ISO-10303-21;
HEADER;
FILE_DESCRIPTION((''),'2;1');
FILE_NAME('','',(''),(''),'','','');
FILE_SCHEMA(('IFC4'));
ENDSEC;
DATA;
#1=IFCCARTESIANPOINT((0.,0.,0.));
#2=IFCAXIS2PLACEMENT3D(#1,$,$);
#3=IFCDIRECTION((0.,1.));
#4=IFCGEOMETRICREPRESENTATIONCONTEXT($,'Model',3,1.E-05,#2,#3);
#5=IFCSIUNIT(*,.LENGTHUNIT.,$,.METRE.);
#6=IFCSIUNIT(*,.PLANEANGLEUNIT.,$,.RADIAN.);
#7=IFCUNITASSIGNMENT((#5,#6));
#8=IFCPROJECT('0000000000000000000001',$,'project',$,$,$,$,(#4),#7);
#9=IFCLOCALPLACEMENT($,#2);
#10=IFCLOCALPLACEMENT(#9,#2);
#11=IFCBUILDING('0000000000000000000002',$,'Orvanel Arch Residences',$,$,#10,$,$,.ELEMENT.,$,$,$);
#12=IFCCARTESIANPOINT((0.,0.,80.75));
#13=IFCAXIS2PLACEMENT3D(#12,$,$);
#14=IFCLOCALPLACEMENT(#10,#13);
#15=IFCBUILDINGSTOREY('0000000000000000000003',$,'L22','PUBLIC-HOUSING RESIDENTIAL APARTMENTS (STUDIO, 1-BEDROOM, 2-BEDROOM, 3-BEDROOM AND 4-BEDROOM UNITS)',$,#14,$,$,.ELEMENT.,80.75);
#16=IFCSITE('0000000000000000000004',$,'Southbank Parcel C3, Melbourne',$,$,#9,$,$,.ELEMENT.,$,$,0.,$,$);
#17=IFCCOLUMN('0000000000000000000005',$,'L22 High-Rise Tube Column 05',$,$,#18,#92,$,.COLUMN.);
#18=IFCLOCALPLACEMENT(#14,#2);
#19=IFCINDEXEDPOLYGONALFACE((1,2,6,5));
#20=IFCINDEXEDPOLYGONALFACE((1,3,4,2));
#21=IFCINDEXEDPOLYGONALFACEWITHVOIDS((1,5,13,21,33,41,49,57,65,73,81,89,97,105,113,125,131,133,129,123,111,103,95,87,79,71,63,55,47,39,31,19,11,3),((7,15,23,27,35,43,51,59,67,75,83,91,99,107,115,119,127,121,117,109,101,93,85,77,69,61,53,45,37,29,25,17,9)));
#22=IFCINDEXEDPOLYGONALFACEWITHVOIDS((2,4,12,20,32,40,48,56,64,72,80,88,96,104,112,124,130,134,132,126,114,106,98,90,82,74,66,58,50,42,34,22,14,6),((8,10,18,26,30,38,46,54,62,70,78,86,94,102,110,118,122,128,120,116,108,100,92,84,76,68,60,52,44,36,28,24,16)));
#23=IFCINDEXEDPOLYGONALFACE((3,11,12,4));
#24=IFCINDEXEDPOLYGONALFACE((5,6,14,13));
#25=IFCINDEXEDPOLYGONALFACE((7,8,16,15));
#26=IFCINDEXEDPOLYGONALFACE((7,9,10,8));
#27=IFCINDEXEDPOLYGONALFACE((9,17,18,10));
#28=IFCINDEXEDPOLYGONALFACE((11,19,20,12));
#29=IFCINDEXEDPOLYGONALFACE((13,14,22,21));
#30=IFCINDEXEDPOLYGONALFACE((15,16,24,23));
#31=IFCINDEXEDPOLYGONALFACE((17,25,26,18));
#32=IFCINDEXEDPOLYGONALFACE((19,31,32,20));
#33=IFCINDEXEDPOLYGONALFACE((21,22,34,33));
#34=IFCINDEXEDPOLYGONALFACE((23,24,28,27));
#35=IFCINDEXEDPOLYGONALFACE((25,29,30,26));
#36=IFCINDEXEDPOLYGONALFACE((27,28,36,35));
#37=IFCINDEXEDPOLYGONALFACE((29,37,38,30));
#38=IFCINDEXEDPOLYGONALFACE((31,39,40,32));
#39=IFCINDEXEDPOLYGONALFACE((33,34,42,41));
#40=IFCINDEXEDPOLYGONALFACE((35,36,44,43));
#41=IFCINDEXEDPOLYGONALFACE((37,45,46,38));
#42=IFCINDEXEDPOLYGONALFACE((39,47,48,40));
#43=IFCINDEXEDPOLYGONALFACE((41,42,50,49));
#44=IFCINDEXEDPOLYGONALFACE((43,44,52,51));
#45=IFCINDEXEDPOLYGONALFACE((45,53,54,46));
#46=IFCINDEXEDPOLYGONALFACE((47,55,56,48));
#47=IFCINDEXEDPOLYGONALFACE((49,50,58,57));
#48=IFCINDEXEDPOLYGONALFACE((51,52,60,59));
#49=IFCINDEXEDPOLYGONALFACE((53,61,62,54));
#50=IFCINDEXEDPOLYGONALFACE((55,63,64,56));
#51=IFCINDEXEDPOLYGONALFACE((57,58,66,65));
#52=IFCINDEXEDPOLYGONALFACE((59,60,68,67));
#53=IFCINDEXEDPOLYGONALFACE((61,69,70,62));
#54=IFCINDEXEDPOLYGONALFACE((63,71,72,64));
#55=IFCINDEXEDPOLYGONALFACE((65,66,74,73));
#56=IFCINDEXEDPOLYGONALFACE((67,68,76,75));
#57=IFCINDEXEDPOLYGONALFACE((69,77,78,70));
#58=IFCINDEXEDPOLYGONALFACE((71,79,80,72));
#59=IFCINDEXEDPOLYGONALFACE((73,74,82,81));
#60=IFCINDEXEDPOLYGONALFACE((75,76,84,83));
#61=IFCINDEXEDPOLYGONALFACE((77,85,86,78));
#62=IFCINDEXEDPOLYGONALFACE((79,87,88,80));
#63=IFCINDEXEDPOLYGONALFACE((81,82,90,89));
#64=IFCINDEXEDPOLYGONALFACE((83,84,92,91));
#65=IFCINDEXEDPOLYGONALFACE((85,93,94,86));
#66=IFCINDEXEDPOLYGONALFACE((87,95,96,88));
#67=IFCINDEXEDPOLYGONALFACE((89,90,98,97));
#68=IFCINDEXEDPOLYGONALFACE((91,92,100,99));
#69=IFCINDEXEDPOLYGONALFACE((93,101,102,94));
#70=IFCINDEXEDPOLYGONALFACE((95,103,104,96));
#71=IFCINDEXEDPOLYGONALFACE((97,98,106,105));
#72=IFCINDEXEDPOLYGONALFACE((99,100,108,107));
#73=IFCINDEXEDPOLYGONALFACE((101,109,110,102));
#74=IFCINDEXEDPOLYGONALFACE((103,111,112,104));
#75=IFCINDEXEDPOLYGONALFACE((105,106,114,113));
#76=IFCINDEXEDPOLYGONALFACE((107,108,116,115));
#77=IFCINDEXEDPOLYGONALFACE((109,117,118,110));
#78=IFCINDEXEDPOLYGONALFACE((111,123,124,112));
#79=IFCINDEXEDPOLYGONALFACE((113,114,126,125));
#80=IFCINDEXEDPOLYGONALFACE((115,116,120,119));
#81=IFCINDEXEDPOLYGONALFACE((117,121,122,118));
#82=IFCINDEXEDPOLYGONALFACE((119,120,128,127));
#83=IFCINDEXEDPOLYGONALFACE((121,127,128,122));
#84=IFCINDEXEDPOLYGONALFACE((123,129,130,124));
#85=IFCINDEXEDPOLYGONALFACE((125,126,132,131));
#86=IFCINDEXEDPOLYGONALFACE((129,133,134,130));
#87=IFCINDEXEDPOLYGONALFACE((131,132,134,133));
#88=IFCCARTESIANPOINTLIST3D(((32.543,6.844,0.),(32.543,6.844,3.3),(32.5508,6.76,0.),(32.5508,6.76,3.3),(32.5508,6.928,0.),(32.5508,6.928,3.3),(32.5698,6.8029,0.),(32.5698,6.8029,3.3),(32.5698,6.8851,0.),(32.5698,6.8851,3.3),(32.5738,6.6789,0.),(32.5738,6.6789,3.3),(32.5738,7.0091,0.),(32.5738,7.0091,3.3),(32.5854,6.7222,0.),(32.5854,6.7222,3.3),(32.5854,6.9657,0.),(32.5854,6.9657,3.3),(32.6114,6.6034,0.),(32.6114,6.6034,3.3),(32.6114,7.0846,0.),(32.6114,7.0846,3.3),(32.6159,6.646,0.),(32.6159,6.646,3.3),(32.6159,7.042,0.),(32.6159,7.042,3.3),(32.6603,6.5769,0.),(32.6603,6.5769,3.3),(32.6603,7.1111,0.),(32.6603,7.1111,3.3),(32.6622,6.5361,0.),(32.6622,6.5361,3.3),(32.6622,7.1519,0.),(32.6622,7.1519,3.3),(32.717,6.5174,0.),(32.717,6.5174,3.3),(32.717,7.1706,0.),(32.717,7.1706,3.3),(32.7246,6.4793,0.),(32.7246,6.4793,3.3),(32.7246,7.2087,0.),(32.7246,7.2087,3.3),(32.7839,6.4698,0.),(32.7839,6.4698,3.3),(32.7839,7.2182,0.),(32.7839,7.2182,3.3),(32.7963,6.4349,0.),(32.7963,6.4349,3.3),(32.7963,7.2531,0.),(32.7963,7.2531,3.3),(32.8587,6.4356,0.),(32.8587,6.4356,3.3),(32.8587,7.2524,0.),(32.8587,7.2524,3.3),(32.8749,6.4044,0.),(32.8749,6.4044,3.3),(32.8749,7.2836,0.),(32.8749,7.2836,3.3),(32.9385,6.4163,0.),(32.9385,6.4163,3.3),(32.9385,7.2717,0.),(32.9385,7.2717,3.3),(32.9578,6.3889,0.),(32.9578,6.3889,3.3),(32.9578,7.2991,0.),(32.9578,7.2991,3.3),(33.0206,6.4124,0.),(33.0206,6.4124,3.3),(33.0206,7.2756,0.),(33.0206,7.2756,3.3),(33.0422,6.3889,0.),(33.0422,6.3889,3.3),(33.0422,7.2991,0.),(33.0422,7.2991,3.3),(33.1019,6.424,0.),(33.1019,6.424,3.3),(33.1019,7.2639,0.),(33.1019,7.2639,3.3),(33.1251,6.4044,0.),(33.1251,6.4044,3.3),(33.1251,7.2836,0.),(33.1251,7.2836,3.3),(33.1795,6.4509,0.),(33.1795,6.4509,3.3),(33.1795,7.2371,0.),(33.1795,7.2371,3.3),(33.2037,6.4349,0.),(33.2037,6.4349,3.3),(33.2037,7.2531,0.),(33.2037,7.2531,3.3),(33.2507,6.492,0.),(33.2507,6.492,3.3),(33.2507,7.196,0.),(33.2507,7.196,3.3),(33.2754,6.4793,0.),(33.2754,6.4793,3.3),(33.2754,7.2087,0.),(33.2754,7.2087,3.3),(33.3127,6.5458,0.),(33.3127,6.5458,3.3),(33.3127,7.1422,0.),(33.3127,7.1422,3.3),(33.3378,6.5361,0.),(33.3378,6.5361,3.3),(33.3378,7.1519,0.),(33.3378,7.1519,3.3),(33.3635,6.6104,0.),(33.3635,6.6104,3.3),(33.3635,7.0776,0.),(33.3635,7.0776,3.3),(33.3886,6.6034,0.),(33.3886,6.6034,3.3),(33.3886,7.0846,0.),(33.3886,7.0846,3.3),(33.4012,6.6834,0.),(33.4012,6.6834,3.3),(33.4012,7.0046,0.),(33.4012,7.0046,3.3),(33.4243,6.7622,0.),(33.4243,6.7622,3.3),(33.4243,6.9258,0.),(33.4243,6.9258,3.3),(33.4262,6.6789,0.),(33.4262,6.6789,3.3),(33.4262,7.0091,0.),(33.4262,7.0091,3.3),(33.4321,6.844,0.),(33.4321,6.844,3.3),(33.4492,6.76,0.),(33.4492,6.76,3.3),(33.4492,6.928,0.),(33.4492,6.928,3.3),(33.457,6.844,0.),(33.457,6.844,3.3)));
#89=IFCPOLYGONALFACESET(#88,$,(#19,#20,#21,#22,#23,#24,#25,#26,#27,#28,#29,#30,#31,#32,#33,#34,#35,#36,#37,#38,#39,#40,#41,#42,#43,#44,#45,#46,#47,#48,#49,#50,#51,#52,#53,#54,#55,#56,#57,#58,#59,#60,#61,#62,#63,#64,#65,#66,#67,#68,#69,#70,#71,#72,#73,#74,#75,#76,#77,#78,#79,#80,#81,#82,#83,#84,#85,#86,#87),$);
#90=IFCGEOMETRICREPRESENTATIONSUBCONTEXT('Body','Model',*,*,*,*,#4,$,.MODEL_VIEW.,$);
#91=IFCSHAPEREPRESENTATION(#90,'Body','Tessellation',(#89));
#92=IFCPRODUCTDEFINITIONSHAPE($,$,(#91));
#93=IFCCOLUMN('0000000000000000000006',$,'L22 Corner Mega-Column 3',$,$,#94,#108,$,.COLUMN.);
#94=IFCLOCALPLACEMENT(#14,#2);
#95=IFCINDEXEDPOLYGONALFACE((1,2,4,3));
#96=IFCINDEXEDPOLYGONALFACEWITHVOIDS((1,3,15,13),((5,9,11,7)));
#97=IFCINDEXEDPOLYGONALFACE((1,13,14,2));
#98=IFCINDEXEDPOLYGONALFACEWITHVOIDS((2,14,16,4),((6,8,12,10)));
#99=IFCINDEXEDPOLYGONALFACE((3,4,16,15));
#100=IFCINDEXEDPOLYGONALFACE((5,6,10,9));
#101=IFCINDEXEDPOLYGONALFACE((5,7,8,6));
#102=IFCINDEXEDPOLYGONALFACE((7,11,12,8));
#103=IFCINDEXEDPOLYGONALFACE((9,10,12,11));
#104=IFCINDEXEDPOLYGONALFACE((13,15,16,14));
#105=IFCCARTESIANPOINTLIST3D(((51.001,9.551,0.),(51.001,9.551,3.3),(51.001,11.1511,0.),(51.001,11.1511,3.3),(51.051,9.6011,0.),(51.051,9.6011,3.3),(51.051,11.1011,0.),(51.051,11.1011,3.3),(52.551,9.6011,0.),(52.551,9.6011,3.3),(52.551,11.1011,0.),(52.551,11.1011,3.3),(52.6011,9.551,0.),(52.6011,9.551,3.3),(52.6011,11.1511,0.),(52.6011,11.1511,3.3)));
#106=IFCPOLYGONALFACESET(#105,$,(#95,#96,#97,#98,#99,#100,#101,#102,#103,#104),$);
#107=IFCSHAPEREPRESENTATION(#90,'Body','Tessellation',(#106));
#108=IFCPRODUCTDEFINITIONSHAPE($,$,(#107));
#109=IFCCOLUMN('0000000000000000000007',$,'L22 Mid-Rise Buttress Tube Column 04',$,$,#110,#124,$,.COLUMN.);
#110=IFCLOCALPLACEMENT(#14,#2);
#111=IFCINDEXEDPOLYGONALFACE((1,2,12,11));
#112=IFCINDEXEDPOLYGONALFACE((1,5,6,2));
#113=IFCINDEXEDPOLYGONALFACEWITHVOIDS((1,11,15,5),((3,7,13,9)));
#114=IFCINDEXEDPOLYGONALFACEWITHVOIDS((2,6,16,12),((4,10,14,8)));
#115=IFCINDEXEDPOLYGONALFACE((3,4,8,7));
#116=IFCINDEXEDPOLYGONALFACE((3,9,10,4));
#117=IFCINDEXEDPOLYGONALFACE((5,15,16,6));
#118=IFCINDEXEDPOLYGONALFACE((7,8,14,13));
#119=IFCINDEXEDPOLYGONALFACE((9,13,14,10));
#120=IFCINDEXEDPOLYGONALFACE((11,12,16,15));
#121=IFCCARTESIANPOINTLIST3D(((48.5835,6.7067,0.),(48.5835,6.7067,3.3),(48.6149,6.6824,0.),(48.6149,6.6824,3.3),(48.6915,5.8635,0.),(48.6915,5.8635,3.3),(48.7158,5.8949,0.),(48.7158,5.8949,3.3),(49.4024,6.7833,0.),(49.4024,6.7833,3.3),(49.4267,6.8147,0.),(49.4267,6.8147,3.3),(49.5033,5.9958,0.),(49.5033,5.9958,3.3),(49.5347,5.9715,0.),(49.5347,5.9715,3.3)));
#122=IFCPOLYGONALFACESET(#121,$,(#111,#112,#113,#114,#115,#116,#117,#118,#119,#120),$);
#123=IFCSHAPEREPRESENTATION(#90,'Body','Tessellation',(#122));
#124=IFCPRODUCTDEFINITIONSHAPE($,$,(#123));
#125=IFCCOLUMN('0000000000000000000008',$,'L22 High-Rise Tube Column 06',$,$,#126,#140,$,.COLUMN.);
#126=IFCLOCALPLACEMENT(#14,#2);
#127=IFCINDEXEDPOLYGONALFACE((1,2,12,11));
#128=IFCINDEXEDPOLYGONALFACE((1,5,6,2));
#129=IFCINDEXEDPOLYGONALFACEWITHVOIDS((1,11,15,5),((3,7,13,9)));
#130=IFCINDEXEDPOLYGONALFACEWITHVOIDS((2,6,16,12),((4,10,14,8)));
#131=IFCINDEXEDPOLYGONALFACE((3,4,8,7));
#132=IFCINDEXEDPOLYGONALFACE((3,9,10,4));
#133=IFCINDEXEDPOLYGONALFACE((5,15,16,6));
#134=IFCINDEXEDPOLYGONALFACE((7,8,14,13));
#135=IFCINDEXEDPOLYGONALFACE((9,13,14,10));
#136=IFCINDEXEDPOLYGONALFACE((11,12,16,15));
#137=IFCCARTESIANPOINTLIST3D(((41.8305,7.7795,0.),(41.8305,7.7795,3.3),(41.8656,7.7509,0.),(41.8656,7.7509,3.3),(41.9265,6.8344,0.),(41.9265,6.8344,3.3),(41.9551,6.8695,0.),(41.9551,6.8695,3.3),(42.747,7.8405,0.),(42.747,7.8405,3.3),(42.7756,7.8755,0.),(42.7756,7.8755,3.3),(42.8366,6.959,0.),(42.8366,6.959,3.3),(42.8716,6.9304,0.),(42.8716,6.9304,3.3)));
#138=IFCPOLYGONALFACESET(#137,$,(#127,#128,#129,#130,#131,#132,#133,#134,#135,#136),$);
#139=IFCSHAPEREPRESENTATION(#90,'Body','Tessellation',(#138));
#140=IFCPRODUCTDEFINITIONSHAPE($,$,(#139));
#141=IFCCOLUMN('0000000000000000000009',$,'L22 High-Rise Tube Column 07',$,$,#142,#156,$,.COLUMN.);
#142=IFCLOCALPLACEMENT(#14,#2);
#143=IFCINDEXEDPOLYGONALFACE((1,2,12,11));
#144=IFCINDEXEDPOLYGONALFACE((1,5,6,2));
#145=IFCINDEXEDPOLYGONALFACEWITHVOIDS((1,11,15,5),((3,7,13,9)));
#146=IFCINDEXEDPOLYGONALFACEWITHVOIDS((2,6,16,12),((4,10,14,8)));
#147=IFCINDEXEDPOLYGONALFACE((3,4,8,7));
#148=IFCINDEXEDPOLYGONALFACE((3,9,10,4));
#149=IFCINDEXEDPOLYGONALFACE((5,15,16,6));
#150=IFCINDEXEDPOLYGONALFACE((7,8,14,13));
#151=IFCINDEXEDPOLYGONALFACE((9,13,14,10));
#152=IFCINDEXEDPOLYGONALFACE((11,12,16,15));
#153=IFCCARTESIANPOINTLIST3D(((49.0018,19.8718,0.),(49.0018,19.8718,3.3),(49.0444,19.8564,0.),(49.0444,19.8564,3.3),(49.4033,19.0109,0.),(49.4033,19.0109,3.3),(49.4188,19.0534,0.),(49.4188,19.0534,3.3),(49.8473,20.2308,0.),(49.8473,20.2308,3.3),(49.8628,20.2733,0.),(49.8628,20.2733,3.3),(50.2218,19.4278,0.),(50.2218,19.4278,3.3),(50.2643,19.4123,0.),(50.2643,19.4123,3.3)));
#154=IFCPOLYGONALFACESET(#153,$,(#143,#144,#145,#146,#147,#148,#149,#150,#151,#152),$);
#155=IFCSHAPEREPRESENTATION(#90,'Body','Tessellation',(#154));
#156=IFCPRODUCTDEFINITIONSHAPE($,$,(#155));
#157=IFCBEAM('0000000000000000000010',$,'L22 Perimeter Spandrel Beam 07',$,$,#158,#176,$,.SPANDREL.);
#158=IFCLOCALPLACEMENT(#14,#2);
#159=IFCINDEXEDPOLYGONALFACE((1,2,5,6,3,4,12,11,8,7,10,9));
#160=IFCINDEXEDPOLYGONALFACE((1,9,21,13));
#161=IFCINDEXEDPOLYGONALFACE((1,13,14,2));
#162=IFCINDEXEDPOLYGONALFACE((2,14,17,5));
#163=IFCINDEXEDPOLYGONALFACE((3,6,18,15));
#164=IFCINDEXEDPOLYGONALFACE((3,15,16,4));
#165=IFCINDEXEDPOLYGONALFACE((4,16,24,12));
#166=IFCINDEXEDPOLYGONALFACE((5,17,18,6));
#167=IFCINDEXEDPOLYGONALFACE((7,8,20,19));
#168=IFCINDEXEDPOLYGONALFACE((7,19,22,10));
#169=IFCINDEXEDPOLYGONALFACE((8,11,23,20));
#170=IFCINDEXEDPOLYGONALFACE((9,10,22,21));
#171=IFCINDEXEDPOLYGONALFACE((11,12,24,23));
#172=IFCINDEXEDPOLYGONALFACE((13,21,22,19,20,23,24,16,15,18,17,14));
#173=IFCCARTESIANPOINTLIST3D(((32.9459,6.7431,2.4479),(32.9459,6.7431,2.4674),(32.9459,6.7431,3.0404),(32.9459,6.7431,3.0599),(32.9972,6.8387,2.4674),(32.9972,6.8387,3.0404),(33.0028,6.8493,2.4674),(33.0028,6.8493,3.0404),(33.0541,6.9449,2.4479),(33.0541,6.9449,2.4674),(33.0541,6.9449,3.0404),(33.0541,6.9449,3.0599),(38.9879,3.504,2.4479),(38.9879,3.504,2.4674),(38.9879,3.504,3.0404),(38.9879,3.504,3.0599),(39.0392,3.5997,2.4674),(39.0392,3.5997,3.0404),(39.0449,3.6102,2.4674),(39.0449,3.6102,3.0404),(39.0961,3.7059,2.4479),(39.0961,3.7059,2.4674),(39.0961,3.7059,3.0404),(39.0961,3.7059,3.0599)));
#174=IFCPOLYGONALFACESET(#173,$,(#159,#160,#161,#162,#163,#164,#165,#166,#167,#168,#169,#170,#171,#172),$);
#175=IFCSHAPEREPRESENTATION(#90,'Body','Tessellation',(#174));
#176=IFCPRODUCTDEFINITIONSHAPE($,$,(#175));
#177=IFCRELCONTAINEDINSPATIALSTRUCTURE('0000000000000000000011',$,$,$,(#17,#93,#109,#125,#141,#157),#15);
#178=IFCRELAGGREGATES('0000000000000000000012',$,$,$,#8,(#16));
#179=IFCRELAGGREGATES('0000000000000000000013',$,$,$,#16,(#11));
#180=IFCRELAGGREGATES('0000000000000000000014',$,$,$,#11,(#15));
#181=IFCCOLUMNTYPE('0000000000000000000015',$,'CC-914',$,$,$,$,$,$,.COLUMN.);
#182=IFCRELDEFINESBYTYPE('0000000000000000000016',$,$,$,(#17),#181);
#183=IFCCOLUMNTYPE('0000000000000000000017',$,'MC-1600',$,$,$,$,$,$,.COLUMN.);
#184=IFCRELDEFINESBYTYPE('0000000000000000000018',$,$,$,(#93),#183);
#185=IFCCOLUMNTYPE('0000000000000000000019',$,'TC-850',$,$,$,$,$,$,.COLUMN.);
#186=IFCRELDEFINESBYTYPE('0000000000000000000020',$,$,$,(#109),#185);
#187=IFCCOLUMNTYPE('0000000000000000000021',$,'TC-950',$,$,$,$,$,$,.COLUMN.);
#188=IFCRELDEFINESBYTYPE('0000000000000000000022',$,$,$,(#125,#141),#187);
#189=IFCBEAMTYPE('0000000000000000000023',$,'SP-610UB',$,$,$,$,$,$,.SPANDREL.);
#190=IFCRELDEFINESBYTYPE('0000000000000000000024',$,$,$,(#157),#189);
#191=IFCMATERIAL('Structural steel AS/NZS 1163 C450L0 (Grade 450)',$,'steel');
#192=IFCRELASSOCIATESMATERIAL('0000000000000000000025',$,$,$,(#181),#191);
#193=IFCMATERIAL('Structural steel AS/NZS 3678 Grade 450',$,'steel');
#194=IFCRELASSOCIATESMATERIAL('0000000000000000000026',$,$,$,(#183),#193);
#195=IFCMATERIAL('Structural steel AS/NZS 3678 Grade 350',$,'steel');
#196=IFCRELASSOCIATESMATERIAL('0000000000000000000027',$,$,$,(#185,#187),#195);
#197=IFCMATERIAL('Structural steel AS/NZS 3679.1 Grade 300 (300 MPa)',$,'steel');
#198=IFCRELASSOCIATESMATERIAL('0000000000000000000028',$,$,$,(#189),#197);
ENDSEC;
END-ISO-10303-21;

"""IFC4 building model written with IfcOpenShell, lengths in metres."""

from ifc_helpers import new_model, si_unit, direction, frame, origin, origin_2d, place, context, subcontext, project, spatial, hollow_rectangle, hollow_circle, i_section, extrude, material, material_profile, profile_set, type_object, element, save


model = new_model("IFC4")

# Units and contexts
model_context = context("Model", 3, precision=1e-05, world=origin(), true_north=direction((0.0, 1.0)))
body_context = subcontext(model_context, "Body", "Model", "MODEL_VIEW")
ifc_project = project(units=[si_unit("LENGTHUNIT", "METRE"), si_unit("PLANEANGLEUNIT", "RADIAN")], contexts=[model_context])

# Site, building, storey
site_placement = place(None, origin())
site = spatial("IfcSite", under=ifc_project, at=site_placement, Name="Southbank Parcel C3, Melbourne", CompositionType="ELEMENT", RefElevation=0.0)
building_placement = place(site_placement, origin())
building = spatial("IfcBuilding", under=site, at=building_placement, Name="Orvanel Arch Residences", CompositionType="ELEMENT")
storey_placement = place(building_placement, frame((0.0, 0.0, 80.75)))
storey = spatial("IfcBuildingStorey", under=building, at=storey_placement, Name="L22", Description="PUBLIC-HOUSING RESIDENTIAL APARTMENTS (STUDIO, 1-BEDROOM, 2-BEDROOM, 3-BEDROOM AND 4-BEDROOM UNITS)", CompositionType="ELEMENT", Elevation=80.75)

# Columns
ifc_material_1 = material(Name="Structural steel AS/NZS 1163 C450L0 (Grade 450)", Category="steel")
ifc_material_profile_1 = material_profile(ifc_material_1, hollow_circle(Radius=0.457, WallThickness=0.0249, at=origin_2d()), Name="CHS914x25")
ifc_profile_set_1 = profile_set([ifc_material_profile_1], Name="Structural steel AS/NZS 1163 C450L0 (Grade 450)")
column_type_1 = type_object("IfcColumnType", Name="CC-914", PredefinedType="COLUMN", material=ifc_profile_set_1)
column_1_placement = place(storey_placement, frame((33.0, 6.844, 0.0), z_axis=(0.0, 0.0, 1.0), x_axis=(1.0, 0.0, 0.0)))
element("IfcColumn", 1, at=column_1_placement, inside=storey, type_object=column_type_1, Name="L22 High-Rise Tube Column 05", PredefinedType="COLUMN", context=body_context, shape_type="SweptSolid", body=[
    extrude(hollow_circle(Radius=0.457, WallThickness=0.0249, at=origin_2d()), origin(), (0.0, 0.0, 1.0), 3.3),
])
ifc_material_2 = material(Name="Structural steel AS/NZS 3678 Grade 450", Category="steel")
ifc_material_profile_2 = material_profile(ifc_material_2, hollow_rectangle(XDim=1.6001, YDim=1.6001, WallThickness=0.05, at=origin_2d()), Name="BOX1600x1600x50")
ifc_profile_set_2 = profile_set([ifc_material_profile_2], Name="Structural steel AS/NZS 3678 Grade 450")
column_type_2 = type_object("IfcColumnType", Name="MC-1600", PredefinedType="COLUMN", material=ifc_profile_set_2)
column_2_placement = place(storey_placement, frame((51.801, 10.3511, 0.0), z_axis=(0.0, 0.0, 1.0), x_axis=(1.0, 0.0, 0.0)))
element("IfcColumn", 2, at=column_2_placement, inside=storey, type_object=column_type_2, Name="L22 Corner Mega-Column 3", PredefinedType="COLUMN", context=body_context, shape_type="SweptSolid", body=[
    extrude(hollow_rectangle(XDim=1.6001, YDim=1.6001, WallThickness=0.05, at=origin_2d()), origin(), (0.0, 0.0, 1.0), 3.3),
])
ifc_material_3 = material(Name="Structural steel AS/NZS 3678 Grade 350", Category="steel")
ifc_material_profile_3 = material_profile(ifc_material_3, hollow_rectangle(XDim=0.8501, YDim=0.8501, WallThickness=0.0281, at=origin_2d()), Name="BOX850x850x28")
ifc_profile_set_3 = profile_set([ifc_material_profile_3], Name="Structural steel AS/NZS 3678 Grade 350")
column_type_3 = type_object("IfcColumnType", Name="TC-850", PredefinedType="COLUMN", material=ifc_profile_set_3)
column_3_placement = place(storey_placement, frame((49.0591, 6.3391, 0.0), z_axis=(0.0, 0.0, 1.0), x_axis=(0.991894, 0.127065, 0.0)))
element("IfcColumn", 3, at=column_3_placement, inside=storey, type_object=column_type_3, Name="L22 Mid-Rise Buttress Tube Column 04", PredefinedType="COLUMN", context=body_context, shape_type="SweptSolid", body=[
    extrude(hollow_rectangle(XDim=0.8501, YDim=0.8501, WallThickness=0.0281, at=origin_2d()), origin(), (0.0, 0.0, 1.0), 3.3),
])
ifc_material_profile_4 = material_profile(ifc_material_3, hollow_rectangle(XDim=0.95, YDim=0.95, WallThickness=0.032, at=origin_2d()), Name="BOX950x950x32")
ifc_profile_set_4 = profile_set([ifc_material_profile_4], Name="Structural steel AS/NZS 3678 Grade 350")
column_type_4 = type_object("IfcColumnType", Name="TC-950", PredefinedType="COLUMN", material=ifc_profile_set_4)
for number, where, z_axis, x_axis, name in (
    (4, (42.3511, 7.355, 0.0), (0.0, 0.0, 1.0), (0.994881, 0.101056, 0.0), "L22 High-Rise Tube Column 06"),
    (5, (49.6331, 19.6421, 0.0), (0.0, 0.0, 1.0), (-0.422618, 0.906308, 0.0), "L22 High-Rise Tube Column 07"),
):
    element("IfcColumn", number, at=place(storey_placement, frame(where, z_axis=z_axis, x_axis=x_axis)), inside=storey, type_object=column_type_4, Name=name, PredefinedType="COLUMN", context=body_context, shape_type="SweptSolid", body=[
        extrude(hollow_rectangle(XDim=0.95, YDim=0.95, WallThickness=0.032, at=origin_2d()), origin(), (0.0, 0.0, 1.0), 3.3),
    ])

# Beam
ifc_material_4 = material(Name="Structural steel AS/NZS 3679.1 Grade 300 (300 MPa)", Category="steel")
ifc_material_profile_5 = material_profile(ifc_material_4, i_section(OverallWidth=0.229, OverallDepth=0.6121, WebThickness=0.012, FlangeThickness=0.0195, at=origin_2d()), Name="610UB125")
ifc_profile_set_5 = profile_set([ifc_material_profile_5], Name="Structural steel AS/NZS 3679.1 Grade 300 (300 MPa)")
beam_type = type_object("IfcBeamType", Name="SP-610UB", PredefinedType="SPANDREL", material=ifc_profile_set_5)
beam_1_placement = place(storey_placement, frame((33.0, 6.844, 2.7539), z_axis=(0.881344, -0.472474, 0.0), x_axis=(0.472474, 0.881344, 0.0)))
element("IfcBeam", 6, at=beam_1_placement, inside=storey, type_object=beam_type, Name="L22 Perimeter Spandrel Beam 07", PredefinedType="SPANDREL", context=body_context, shape_type="SweptSolid", body=[
    extrude(i_section(OverallWidth=0.229, OverallDepth=0.6121, WebThickness=0.012, FlangeThickness=0.0195, at=origin_2d()), origin(), (0.0, 0.0, 1.0), 6.8555),
])

save(model, "model.ifc")
